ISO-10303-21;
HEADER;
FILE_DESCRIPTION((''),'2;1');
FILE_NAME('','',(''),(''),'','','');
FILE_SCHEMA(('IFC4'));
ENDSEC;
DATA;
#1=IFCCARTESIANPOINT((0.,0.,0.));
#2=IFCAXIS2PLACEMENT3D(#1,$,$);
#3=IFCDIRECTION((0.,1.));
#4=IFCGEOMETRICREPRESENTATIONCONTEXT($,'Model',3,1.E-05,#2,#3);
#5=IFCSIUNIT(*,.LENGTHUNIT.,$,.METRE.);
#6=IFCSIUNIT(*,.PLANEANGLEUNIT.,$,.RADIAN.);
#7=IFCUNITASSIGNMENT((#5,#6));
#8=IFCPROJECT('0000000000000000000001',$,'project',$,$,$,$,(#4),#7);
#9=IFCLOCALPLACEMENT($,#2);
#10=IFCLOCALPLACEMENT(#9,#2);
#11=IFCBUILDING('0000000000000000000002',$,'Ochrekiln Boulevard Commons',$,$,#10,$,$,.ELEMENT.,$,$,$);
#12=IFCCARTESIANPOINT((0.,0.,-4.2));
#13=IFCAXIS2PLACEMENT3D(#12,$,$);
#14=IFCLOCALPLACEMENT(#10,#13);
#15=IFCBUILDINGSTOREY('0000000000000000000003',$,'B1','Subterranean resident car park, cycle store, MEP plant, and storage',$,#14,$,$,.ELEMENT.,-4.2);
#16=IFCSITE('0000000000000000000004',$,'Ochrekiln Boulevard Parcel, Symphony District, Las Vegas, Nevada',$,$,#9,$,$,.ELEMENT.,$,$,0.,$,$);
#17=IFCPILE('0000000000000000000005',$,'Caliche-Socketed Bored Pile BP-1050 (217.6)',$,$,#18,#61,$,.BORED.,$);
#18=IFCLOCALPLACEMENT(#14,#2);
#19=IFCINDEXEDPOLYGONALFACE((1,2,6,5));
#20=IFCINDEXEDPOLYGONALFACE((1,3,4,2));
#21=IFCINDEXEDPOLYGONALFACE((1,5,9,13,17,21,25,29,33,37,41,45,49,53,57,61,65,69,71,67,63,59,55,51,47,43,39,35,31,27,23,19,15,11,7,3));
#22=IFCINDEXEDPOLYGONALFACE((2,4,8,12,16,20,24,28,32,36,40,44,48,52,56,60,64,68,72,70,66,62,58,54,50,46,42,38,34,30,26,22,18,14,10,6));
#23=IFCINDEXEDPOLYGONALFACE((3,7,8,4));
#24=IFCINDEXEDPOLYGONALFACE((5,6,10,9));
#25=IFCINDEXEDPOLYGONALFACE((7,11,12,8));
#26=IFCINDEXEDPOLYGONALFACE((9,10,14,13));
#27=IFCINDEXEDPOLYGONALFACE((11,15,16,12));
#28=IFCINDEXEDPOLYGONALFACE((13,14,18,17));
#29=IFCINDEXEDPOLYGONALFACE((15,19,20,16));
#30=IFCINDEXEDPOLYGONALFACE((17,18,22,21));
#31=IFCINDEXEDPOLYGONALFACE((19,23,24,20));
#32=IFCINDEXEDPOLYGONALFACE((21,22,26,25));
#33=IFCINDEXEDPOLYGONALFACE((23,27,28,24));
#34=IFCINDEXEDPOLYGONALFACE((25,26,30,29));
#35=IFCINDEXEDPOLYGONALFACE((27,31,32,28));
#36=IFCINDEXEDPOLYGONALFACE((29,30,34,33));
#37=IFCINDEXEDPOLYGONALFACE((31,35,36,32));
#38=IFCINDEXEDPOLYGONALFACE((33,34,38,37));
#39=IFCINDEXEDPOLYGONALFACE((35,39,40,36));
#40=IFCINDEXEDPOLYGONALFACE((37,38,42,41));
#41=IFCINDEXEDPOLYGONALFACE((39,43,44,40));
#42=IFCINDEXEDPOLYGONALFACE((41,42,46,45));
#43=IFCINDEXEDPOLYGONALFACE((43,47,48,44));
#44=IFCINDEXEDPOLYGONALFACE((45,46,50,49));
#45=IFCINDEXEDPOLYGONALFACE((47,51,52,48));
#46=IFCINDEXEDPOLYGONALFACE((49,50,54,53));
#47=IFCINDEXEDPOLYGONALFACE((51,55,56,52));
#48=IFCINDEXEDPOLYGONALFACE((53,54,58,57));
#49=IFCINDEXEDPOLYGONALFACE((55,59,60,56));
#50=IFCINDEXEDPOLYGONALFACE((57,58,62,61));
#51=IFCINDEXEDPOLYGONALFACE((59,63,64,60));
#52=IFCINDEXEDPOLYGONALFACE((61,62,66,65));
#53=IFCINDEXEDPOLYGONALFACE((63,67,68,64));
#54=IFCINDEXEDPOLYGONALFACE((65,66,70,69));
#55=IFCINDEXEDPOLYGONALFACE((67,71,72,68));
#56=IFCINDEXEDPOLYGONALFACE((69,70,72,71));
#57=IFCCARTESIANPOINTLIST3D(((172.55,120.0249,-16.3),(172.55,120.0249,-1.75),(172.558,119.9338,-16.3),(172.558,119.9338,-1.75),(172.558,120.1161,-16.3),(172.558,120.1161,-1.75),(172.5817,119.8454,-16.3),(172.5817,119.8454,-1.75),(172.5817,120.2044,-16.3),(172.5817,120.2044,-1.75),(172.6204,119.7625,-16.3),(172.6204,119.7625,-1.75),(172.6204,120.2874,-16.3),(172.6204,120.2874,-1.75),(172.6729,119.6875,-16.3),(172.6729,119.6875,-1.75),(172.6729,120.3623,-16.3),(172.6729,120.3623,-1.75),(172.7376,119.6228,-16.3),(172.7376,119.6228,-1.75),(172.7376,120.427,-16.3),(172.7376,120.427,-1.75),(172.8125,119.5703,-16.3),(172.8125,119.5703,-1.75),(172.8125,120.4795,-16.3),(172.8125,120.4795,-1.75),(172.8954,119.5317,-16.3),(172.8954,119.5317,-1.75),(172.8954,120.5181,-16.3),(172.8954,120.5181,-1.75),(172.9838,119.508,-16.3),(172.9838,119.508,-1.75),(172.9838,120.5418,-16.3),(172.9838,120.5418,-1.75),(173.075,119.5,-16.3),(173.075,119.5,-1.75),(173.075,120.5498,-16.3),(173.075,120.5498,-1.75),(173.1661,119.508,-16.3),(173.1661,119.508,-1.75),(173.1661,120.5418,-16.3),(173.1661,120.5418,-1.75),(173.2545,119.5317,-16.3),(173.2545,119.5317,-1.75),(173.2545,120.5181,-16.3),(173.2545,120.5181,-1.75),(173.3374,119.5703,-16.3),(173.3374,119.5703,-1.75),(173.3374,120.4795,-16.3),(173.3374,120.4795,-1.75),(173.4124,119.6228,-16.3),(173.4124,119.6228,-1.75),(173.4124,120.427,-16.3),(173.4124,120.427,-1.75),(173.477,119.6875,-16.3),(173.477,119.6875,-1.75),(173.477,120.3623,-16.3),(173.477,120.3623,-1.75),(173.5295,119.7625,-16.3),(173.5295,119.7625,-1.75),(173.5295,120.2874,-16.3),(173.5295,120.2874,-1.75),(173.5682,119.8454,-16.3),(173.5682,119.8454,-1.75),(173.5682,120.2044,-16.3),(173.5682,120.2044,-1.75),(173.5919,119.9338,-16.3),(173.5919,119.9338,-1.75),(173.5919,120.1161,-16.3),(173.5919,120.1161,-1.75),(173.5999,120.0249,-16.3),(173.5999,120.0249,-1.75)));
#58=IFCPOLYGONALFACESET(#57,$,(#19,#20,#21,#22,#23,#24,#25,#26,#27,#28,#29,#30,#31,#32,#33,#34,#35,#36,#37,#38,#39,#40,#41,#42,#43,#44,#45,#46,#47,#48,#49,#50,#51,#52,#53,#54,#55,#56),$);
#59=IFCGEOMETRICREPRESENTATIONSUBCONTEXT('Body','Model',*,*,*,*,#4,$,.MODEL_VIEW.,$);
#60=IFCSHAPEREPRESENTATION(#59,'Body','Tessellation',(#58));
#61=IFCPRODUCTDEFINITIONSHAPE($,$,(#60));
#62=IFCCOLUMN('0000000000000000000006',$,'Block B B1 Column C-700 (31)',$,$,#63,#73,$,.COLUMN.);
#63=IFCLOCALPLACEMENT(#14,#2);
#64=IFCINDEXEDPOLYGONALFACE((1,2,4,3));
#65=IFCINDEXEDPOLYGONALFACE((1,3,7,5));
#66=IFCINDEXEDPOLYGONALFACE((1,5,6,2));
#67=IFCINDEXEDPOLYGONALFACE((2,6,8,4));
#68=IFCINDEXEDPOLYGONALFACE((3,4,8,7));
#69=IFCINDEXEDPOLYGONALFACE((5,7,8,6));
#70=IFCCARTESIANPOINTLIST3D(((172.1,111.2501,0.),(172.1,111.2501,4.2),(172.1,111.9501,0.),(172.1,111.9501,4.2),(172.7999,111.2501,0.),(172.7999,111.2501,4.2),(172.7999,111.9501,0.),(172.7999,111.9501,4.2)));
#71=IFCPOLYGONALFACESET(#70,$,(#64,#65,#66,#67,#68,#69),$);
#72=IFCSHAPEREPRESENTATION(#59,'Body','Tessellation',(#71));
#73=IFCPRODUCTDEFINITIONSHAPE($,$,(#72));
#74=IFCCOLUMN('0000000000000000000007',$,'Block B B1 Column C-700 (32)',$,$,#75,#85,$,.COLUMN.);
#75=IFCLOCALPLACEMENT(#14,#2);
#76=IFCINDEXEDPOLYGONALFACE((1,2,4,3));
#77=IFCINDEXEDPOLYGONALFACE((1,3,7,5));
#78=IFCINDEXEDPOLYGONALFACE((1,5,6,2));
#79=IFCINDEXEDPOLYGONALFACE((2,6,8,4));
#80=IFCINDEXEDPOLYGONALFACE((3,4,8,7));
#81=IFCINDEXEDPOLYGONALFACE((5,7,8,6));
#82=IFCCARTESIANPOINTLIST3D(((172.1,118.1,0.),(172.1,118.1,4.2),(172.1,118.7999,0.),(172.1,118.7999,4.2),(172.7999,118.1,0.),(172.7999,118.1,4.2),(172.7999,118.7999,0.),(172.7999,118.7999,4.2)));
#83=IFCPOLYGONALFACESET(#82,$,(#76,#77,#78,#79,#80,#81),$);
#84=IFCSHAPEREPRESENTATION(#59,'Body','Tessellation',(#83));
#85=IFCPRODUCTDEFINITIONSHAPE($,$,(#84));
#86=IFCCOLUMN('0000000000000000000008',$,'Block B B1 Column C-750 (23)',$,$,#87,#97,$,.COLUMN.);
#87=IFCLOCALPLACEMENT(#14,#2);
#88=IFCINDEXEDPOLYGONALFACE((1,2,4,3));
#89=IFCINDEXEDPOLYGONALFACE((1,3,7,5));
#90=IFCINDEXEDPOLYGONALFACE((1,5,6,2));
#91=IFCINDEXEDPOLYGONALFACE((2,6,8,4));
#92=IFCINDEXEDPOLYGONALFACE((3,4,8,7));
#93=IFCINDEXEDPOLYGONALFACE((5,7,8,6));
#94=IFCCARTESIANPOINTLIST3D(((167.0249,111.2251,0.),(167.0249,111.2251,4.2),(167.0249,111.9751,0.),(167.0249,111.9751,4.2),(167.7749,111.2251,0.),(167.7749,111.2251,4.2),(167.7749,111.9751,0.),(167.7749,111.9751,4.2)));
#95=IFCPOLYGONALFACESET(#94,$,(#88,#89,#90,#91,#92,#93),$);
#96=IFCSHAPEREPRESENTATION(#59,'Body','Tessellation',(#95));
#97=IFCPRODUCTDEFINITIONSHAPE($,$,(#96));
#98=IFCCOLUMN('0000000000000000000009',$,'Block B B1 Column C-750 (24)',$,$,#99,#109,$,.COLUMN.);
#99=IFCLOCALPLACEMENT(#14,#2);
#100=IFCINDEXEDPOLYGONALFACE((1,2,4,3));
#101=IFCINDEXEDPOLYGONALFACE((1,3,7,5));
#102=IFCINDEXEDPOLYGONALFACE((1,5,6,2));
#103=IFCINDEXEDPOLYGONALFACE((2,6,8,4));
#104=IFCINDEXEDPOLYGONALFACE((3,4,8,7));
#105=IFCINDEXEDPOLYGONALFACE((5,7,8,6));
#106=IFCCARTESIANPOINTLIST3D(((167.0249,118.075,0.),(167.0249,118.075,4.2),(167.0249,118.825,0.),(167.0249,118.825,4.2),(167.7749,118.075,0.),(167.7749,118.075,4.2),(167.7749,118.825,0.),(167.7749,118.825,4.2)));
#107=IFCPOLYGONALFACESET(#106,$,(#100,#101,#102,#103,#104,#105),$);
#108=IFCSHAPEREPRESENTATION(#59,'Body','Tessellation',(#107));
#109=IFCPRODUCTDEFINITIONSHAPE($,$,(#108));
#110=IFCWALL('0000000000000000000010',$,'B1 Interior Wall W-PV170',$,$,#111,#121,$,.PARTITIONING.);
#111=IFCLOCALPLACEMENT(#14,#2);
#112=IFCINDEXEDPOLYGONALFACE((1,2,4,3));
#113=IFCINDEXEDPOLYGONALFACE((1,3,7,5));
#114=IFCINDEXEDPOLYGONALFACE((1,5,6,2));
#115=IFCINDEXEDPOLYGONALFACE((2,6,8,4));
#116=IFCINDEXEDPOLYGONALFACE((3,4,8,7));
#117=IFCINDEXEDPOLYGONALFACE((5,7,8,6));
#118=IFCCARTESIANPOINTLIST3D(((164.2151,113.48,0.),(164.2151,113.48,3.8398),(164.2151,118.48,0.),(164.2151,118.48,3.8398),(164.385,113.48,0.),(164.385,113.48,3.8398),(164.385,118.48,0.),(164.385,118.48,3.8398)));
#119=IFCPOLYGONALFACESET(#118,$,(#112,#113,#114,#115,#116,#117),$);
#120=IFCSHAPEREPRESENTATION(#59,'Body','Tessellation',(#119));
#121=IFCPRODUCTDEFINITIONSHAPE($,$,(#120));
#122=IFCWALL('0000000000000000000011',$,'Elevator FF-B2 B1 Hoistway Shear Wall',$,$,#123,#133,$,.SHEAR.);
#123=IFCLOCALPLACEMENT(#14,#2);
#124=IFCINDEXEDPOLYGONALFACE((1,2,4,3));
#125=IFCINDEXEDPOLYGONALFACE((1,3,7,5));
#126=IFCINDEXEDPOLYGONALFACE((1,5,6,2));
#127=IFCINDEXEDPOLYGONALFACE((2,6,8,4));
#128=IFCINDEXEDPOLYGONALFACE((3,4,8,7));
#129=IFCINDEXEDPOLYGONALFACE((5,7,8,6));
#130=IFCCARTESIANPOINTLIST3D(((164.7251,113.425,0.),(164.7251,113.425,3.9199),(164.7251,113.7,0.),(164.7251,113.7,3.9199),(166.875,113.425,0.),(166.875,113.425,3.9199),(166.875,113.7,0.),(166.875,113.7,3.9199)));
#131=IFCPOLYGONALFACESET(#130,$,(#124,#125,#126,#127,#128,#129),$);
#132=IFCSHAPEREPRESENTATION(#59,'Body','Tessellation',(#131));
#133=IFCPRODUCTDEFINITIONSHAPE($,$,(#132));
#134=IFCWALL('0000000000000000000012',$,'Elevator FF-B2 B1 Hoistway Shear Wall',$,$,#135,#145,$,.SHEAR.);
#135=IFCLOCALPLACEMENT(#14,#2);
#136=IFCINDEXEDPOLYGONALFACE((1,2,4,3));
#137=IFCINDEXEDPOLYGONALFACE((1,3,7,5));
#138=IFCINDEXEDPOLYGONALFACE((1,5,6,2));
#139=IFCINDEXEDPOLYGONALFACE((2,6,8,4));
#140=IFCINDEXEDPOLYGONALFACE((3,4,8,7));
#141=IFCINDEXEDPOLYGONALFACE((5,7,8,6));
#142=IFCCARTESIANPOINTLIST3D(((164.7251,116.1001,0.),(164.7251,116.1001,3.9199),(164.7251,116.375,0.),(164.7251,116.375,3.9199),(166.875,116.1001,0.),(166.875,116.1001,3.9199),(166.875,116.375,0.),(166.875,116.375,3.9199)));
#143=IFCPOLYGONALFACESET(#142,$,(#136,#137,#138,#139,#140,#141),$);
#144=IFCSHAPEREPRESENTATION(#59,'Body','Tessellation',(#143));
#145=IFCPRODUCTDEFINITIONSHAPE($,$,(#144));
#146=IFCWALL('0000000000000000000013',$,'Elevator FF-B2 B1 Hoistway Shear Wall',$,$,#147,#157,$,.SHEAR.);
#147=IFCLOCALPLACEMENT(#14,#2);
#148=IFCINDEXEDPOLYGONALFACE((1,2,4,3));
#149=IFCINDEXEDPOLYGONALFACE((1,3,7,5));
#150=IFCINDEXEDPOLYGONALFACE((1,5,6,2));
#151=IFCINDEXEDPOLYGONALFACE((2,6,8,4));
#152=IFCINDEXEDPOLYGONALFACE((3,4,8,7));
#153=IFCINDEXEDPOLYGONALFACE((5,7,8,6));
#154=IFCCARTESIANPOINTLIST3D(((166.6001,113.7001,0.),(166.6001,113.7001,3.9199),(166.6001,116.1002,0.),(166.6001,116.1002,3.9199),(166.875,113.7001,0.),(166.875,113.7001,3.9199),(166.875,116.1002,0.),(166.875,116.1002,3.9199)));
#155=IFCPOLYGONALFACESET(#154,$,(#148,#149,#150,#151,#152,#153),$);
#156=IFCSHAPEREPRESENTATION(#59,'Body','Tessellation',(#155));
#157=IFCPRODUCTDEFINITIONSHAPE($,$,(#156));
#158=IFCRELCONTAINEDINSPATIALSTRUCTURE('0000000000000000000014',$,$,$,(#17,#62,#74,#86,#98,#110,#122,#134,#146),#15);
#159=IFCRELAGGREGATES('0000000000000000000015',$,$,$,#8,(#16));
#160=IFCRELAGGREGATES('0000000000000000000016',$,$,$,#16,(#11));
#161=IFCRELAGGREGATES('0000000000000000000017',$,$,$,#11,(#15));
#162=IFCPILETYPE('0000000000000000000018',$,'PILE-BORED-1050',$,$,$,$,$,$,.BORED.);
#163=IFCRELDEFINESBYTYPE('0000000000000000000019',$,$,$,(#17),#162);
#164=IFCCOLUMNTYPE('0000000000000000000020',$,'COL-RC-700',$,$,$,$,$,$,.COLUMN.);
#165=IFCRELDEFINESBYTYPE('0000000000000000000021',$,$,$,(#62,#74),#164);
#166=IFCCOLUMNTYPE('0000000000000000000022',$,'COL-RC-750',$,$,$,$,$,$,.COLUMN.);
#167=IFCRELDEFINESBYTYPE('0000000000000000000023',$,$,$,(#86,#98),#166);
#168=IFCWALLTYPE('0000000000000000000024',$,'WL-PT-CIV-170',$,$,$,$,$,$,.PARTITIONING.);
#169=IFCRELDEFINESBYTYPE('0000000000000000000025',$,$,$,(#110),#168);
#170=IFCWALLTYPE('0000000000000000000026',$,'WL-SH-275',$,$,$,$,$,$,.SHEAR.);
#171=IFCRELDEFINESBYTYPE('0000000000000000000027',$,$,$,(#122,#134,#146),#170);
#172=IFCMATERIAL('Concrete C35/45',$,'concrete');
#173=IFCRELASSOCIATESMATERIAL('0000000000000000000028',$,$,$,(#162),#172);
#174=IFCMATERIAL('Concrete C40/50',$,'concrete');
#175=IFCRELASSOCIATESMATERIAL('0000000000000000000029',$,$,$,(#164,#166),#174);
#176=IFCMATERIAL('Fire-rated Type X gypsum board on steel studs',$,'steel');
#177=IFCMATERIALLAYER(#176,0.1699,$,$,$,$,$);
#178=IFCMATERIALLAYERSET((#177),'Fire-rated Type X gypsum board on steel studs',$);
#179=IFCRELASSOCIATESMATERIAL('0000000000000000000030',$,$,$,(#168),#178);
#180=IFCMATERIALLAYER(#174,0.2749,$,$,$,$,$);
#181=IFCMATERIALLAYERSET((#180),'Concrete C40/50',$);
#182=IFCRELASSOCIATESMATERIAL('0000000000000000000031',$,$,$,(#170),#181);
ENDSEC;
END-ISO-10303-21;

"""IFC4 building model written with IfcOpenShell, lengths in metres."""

from ifc_helpers import new_model, si_unit, direction, frame, frame_2d, origin, origin_2d, place, context, subcontext, project, spatial, rectangle, circle, extrude, material, layer, layer_set, material_profile, profile_set, type_object, element, save


model = new_model("IFC4")

# Units and contexts
model_context = context("Model", 3, precision=1e-05, world=origin(), true_north=direction((0.0, 1.0)))
body_context = subcontext(model_context, "Body", "Model", "MODEL_VIEW")
ifc_project = project(units=[si_unit("LENGTHUNIT", "METRE"), si_unit("PLANEANGLEUNIT", "RADIAN")], contexts=[model_context])

# Site, building, storey
site_placement = place(None, origin())
site = spatial("IfcSite", under=ifc_project, at=site_placement, Name="Ochrekiln Boulevard Parcel, Symphony District, Las Vegas, Nevada", CompositionType="ELEMENT", RefElevation=0.0)
building_placement = place(site_placement, origin())
building = spatial("IfcBuilding", under=site, at=building_placement, Name="Ochrekiln Boulevard Commons", CompositionType="ELEMENT")
storey_placement = place(building_placement, frame((0.0, 0.0, -4.2)))
storey = spatial("IfcBuildingStorey", under=building, at=storey_placement, Name="B1", Description="Subterranean resident car park, cycle store, MEP plant, and storage", CompositionType="ELEMENT", Elevation=-4.2)

# Shared definitions
ifc_material_1 = material(Name="Concrete C35/45", Category="concrete")

# Pile
ifc_material_profile_1 = material_profile(ifc_material_1, circle(Radius=0.5249, at=origin_2d()), Name="PILE-D1050")
ifc_profile_set_1 = profile_set([ifc_material_profile_1], Name="Concrete C35/45")
pile_type = type_object("IfcPileType", Name="PILE-BORED-1050", PredefinedType="BORED", material=ifc_profile_set_1)
for number, where, z_axis, x_axis, name in (
    (1, (173.075, 120.0249, -1.75), (0.0, 0.0, -1.0), (1.0, 0.0, 0.0), "Caliche-Socketed Bored Pile BP-1050 (217.6)"),
):
    element("IfcPile", number, at=place(storey_placement, frame(where, z_axis=z_axis, x_axis=x_axis)), inside=storey, type_object=pile_type, Name=name, PredefinedType="BORED", context=body_context, shape_type="SweptSolid", body=[
        extrude(circle(Radius=0.5249, at=origin_2d()), origin(), (0.0, 0.0, 1.0), 14.55),
    ])

# Columns
ifc_material_2 = material(Name="Concrete C40/50", Category="concrete")
ifc_material_profile_2 = material_profile(ifc_material_2, rectangle(XDim=0.7, YDim=0.7, at=origin_2d()), Name="RC-COL-700x700")
ifc_profile_set_2 = profile_set([ifc_material_profile_2], Name="Concrete C40/50")
column_type_1 = type_object("IfcColumnType", Name="COL-RC-700", PredefinedType="COLUMN", material=ifc_profile_set_2)
for number, where, z_axis, x_axis, name in (
    (2, (172.45, 111.6001, 0.0), (0.0, 0.0, 1.0), (1.0, 0.0, 0.0), "Block B B1 Column C-700 (31)"),
    (3, (172.45, 118.45, 0.0), (0.0, 0.0, 1.0), (1.0, 0.0, 0.0), "Block B B1 Column C-700 (32)"),
):
    element("IfcColumn", number, at=place(storey_placement, frame(where, z_axis=z_axis, x_axis=x_axis)), inside=storey, type_object=column_type_1, Name=name, PredefinedType="COLUMN", context=body_context, shape_type="SweptSolid", body=[
        extrude(rectangle(XDim=0.7, YDim=0.7, at=origin_2d()), origin(), (0.0, 0.0, 1.0), 4.2),
    ])
ifc_material_profile_3 = material_profile(ifc_material_2, rectangle(XDim=0.75, YDim=0.75, at=origin_2d()), Name="RC-COL-750x750")
ifc_profile_set_3 = profile_set([ifc_material_profile_3], Name="Concrete C40/50")
column_type_2 = type_object("IfcColumnType", Name="COL-RC-750", PredefinedType="COLUMN", material=ifc_profile_set_3)
for number, where, z_axis, x_axis, name in (
    (4, (167.3999, 111.6001, 0.0), (0.0, 0.0, 1.0), (1.0, 0.0, 0.0), "Block B B1 Column C-750 (23)"),
    (5, (167.3999, 118.45, 0.0), (0.0, 0.0, 1.0), (1.0, 0.0, 0.0), "Block B B1 Column C-750 (24)"),
):
    element("IfcColumn", number, at=place(storey_placement, frame(where, z_axis=z_axis, x_axis=x_axis)), inside=storey, type_object=column_type_2, Name=name, PredefinedType="COLUMN", context=body_context, shape_type="SweptSolid", body=[
        extrude(rectangle(XDim=0.75, YDim=0.75, at=origin_2d()), origin(), (0.0, 0.0, 1.0), 4.2),
    ])

# Shared definitions
ifc_material_3 = material(Name="Fire-rated Type X gypsum board on steel studs", Category="steel")
ifc_layer_1 = layer(ifc_material_3, 0.1699)
ifc_layer_set_1 = layer_set([ifc_layer_1], Name="Fire-rated Type X gypsum board on steel studs")
wall_type_1 = type_object("IfcWallType", Name="WL-PT-CIV-170", PredefinedType="PARTITIONING", material=ifc_layer_set_1)

# Walls
wall_1_placement = place(storey_placement, frame((164.3, 113.48, 0.0), z_axis=(0.0, 0.0, 1.0), x_axis=(0.0, 1.0, 0.0)))
element("IfcWall", 6, at=wall_1_placement, inside=storey, type_object=wall_type_1, Name="B1 Interior Wall W-PV170", PredefinedType="PARTITIONING", context=body_context, shape_type="SweptSolid", body=[
    extrude(rectangle(XDim=5.0, YDim=0.1699, at=frame_2d((2.5, 0.0))), origin(), (0.0, 0.0, 1.0), 3.8398),
])
ifc_layer_2 = layer(ifc_material_2, 0.2749)
ifc_layer_set_2 = layer_set([ifc_layer_2], Name="Concrete C40/50")
wall_type_2 = type_object("IfcWallType", Name="WL-SH-275", PredefinedType="SHEAR", material=ifc_layer_set_2)
for number, where, z_axis, x_axis, name in (
    (7, (164.7251, 113.5625, 0.0), (0.0, 0.0, 1.0), (1.0, 0.0, 0.0), "Elevator FF-B2 B1 Hoistway Shear Wall"),
    (8, (164.7251, 116.2375, 0.0), (0.0, 0.0, 1.0), (1.0, 0.0, 0.0), "Elevator FF-B2 B1 Hoistway Shear Wall"),
):
    element("IfcWall", number, at=place(storey_placement, frame(where, z_axis=z_axis, x_axis=x_axis)), inside=storey, type_object=wall_type_2, Name=name, PredefinedType="SHEAR", context=body_context, shape_type="SweptSolid", body=[
        extrude(rectangle(XDim=2.1499, YDim=0.2749, at=frame_2d((1.075, 0.0))), origin(), (0.0, 0.0, 1.0), 3.9199),
    ])

# Wall
wall_2_placement = place(storey_placement, frame((166.7375, 113.7, 0.0), z_axis=(0.0, 0.0, 1.0), x_axis=(0.0, 1.0, 0.0)))
element("IfcWall", 9, at=wall_2_placement, inside=storey, type_object=wall_type_2, Name="Elevator FF-B2 B1 Hoistway Shear Wall", PredefinedType="SHEAR", context=body_context, shape_type="SweptSolid", body=[
    extrude(rectangle(XDim=2.4001, YDim=0.2749, at=frame_2d((1.2002, 0.0))), origin(), (0.0, 0.0, 1.0), 3.9199),
])

save(model, "model.ifc")
